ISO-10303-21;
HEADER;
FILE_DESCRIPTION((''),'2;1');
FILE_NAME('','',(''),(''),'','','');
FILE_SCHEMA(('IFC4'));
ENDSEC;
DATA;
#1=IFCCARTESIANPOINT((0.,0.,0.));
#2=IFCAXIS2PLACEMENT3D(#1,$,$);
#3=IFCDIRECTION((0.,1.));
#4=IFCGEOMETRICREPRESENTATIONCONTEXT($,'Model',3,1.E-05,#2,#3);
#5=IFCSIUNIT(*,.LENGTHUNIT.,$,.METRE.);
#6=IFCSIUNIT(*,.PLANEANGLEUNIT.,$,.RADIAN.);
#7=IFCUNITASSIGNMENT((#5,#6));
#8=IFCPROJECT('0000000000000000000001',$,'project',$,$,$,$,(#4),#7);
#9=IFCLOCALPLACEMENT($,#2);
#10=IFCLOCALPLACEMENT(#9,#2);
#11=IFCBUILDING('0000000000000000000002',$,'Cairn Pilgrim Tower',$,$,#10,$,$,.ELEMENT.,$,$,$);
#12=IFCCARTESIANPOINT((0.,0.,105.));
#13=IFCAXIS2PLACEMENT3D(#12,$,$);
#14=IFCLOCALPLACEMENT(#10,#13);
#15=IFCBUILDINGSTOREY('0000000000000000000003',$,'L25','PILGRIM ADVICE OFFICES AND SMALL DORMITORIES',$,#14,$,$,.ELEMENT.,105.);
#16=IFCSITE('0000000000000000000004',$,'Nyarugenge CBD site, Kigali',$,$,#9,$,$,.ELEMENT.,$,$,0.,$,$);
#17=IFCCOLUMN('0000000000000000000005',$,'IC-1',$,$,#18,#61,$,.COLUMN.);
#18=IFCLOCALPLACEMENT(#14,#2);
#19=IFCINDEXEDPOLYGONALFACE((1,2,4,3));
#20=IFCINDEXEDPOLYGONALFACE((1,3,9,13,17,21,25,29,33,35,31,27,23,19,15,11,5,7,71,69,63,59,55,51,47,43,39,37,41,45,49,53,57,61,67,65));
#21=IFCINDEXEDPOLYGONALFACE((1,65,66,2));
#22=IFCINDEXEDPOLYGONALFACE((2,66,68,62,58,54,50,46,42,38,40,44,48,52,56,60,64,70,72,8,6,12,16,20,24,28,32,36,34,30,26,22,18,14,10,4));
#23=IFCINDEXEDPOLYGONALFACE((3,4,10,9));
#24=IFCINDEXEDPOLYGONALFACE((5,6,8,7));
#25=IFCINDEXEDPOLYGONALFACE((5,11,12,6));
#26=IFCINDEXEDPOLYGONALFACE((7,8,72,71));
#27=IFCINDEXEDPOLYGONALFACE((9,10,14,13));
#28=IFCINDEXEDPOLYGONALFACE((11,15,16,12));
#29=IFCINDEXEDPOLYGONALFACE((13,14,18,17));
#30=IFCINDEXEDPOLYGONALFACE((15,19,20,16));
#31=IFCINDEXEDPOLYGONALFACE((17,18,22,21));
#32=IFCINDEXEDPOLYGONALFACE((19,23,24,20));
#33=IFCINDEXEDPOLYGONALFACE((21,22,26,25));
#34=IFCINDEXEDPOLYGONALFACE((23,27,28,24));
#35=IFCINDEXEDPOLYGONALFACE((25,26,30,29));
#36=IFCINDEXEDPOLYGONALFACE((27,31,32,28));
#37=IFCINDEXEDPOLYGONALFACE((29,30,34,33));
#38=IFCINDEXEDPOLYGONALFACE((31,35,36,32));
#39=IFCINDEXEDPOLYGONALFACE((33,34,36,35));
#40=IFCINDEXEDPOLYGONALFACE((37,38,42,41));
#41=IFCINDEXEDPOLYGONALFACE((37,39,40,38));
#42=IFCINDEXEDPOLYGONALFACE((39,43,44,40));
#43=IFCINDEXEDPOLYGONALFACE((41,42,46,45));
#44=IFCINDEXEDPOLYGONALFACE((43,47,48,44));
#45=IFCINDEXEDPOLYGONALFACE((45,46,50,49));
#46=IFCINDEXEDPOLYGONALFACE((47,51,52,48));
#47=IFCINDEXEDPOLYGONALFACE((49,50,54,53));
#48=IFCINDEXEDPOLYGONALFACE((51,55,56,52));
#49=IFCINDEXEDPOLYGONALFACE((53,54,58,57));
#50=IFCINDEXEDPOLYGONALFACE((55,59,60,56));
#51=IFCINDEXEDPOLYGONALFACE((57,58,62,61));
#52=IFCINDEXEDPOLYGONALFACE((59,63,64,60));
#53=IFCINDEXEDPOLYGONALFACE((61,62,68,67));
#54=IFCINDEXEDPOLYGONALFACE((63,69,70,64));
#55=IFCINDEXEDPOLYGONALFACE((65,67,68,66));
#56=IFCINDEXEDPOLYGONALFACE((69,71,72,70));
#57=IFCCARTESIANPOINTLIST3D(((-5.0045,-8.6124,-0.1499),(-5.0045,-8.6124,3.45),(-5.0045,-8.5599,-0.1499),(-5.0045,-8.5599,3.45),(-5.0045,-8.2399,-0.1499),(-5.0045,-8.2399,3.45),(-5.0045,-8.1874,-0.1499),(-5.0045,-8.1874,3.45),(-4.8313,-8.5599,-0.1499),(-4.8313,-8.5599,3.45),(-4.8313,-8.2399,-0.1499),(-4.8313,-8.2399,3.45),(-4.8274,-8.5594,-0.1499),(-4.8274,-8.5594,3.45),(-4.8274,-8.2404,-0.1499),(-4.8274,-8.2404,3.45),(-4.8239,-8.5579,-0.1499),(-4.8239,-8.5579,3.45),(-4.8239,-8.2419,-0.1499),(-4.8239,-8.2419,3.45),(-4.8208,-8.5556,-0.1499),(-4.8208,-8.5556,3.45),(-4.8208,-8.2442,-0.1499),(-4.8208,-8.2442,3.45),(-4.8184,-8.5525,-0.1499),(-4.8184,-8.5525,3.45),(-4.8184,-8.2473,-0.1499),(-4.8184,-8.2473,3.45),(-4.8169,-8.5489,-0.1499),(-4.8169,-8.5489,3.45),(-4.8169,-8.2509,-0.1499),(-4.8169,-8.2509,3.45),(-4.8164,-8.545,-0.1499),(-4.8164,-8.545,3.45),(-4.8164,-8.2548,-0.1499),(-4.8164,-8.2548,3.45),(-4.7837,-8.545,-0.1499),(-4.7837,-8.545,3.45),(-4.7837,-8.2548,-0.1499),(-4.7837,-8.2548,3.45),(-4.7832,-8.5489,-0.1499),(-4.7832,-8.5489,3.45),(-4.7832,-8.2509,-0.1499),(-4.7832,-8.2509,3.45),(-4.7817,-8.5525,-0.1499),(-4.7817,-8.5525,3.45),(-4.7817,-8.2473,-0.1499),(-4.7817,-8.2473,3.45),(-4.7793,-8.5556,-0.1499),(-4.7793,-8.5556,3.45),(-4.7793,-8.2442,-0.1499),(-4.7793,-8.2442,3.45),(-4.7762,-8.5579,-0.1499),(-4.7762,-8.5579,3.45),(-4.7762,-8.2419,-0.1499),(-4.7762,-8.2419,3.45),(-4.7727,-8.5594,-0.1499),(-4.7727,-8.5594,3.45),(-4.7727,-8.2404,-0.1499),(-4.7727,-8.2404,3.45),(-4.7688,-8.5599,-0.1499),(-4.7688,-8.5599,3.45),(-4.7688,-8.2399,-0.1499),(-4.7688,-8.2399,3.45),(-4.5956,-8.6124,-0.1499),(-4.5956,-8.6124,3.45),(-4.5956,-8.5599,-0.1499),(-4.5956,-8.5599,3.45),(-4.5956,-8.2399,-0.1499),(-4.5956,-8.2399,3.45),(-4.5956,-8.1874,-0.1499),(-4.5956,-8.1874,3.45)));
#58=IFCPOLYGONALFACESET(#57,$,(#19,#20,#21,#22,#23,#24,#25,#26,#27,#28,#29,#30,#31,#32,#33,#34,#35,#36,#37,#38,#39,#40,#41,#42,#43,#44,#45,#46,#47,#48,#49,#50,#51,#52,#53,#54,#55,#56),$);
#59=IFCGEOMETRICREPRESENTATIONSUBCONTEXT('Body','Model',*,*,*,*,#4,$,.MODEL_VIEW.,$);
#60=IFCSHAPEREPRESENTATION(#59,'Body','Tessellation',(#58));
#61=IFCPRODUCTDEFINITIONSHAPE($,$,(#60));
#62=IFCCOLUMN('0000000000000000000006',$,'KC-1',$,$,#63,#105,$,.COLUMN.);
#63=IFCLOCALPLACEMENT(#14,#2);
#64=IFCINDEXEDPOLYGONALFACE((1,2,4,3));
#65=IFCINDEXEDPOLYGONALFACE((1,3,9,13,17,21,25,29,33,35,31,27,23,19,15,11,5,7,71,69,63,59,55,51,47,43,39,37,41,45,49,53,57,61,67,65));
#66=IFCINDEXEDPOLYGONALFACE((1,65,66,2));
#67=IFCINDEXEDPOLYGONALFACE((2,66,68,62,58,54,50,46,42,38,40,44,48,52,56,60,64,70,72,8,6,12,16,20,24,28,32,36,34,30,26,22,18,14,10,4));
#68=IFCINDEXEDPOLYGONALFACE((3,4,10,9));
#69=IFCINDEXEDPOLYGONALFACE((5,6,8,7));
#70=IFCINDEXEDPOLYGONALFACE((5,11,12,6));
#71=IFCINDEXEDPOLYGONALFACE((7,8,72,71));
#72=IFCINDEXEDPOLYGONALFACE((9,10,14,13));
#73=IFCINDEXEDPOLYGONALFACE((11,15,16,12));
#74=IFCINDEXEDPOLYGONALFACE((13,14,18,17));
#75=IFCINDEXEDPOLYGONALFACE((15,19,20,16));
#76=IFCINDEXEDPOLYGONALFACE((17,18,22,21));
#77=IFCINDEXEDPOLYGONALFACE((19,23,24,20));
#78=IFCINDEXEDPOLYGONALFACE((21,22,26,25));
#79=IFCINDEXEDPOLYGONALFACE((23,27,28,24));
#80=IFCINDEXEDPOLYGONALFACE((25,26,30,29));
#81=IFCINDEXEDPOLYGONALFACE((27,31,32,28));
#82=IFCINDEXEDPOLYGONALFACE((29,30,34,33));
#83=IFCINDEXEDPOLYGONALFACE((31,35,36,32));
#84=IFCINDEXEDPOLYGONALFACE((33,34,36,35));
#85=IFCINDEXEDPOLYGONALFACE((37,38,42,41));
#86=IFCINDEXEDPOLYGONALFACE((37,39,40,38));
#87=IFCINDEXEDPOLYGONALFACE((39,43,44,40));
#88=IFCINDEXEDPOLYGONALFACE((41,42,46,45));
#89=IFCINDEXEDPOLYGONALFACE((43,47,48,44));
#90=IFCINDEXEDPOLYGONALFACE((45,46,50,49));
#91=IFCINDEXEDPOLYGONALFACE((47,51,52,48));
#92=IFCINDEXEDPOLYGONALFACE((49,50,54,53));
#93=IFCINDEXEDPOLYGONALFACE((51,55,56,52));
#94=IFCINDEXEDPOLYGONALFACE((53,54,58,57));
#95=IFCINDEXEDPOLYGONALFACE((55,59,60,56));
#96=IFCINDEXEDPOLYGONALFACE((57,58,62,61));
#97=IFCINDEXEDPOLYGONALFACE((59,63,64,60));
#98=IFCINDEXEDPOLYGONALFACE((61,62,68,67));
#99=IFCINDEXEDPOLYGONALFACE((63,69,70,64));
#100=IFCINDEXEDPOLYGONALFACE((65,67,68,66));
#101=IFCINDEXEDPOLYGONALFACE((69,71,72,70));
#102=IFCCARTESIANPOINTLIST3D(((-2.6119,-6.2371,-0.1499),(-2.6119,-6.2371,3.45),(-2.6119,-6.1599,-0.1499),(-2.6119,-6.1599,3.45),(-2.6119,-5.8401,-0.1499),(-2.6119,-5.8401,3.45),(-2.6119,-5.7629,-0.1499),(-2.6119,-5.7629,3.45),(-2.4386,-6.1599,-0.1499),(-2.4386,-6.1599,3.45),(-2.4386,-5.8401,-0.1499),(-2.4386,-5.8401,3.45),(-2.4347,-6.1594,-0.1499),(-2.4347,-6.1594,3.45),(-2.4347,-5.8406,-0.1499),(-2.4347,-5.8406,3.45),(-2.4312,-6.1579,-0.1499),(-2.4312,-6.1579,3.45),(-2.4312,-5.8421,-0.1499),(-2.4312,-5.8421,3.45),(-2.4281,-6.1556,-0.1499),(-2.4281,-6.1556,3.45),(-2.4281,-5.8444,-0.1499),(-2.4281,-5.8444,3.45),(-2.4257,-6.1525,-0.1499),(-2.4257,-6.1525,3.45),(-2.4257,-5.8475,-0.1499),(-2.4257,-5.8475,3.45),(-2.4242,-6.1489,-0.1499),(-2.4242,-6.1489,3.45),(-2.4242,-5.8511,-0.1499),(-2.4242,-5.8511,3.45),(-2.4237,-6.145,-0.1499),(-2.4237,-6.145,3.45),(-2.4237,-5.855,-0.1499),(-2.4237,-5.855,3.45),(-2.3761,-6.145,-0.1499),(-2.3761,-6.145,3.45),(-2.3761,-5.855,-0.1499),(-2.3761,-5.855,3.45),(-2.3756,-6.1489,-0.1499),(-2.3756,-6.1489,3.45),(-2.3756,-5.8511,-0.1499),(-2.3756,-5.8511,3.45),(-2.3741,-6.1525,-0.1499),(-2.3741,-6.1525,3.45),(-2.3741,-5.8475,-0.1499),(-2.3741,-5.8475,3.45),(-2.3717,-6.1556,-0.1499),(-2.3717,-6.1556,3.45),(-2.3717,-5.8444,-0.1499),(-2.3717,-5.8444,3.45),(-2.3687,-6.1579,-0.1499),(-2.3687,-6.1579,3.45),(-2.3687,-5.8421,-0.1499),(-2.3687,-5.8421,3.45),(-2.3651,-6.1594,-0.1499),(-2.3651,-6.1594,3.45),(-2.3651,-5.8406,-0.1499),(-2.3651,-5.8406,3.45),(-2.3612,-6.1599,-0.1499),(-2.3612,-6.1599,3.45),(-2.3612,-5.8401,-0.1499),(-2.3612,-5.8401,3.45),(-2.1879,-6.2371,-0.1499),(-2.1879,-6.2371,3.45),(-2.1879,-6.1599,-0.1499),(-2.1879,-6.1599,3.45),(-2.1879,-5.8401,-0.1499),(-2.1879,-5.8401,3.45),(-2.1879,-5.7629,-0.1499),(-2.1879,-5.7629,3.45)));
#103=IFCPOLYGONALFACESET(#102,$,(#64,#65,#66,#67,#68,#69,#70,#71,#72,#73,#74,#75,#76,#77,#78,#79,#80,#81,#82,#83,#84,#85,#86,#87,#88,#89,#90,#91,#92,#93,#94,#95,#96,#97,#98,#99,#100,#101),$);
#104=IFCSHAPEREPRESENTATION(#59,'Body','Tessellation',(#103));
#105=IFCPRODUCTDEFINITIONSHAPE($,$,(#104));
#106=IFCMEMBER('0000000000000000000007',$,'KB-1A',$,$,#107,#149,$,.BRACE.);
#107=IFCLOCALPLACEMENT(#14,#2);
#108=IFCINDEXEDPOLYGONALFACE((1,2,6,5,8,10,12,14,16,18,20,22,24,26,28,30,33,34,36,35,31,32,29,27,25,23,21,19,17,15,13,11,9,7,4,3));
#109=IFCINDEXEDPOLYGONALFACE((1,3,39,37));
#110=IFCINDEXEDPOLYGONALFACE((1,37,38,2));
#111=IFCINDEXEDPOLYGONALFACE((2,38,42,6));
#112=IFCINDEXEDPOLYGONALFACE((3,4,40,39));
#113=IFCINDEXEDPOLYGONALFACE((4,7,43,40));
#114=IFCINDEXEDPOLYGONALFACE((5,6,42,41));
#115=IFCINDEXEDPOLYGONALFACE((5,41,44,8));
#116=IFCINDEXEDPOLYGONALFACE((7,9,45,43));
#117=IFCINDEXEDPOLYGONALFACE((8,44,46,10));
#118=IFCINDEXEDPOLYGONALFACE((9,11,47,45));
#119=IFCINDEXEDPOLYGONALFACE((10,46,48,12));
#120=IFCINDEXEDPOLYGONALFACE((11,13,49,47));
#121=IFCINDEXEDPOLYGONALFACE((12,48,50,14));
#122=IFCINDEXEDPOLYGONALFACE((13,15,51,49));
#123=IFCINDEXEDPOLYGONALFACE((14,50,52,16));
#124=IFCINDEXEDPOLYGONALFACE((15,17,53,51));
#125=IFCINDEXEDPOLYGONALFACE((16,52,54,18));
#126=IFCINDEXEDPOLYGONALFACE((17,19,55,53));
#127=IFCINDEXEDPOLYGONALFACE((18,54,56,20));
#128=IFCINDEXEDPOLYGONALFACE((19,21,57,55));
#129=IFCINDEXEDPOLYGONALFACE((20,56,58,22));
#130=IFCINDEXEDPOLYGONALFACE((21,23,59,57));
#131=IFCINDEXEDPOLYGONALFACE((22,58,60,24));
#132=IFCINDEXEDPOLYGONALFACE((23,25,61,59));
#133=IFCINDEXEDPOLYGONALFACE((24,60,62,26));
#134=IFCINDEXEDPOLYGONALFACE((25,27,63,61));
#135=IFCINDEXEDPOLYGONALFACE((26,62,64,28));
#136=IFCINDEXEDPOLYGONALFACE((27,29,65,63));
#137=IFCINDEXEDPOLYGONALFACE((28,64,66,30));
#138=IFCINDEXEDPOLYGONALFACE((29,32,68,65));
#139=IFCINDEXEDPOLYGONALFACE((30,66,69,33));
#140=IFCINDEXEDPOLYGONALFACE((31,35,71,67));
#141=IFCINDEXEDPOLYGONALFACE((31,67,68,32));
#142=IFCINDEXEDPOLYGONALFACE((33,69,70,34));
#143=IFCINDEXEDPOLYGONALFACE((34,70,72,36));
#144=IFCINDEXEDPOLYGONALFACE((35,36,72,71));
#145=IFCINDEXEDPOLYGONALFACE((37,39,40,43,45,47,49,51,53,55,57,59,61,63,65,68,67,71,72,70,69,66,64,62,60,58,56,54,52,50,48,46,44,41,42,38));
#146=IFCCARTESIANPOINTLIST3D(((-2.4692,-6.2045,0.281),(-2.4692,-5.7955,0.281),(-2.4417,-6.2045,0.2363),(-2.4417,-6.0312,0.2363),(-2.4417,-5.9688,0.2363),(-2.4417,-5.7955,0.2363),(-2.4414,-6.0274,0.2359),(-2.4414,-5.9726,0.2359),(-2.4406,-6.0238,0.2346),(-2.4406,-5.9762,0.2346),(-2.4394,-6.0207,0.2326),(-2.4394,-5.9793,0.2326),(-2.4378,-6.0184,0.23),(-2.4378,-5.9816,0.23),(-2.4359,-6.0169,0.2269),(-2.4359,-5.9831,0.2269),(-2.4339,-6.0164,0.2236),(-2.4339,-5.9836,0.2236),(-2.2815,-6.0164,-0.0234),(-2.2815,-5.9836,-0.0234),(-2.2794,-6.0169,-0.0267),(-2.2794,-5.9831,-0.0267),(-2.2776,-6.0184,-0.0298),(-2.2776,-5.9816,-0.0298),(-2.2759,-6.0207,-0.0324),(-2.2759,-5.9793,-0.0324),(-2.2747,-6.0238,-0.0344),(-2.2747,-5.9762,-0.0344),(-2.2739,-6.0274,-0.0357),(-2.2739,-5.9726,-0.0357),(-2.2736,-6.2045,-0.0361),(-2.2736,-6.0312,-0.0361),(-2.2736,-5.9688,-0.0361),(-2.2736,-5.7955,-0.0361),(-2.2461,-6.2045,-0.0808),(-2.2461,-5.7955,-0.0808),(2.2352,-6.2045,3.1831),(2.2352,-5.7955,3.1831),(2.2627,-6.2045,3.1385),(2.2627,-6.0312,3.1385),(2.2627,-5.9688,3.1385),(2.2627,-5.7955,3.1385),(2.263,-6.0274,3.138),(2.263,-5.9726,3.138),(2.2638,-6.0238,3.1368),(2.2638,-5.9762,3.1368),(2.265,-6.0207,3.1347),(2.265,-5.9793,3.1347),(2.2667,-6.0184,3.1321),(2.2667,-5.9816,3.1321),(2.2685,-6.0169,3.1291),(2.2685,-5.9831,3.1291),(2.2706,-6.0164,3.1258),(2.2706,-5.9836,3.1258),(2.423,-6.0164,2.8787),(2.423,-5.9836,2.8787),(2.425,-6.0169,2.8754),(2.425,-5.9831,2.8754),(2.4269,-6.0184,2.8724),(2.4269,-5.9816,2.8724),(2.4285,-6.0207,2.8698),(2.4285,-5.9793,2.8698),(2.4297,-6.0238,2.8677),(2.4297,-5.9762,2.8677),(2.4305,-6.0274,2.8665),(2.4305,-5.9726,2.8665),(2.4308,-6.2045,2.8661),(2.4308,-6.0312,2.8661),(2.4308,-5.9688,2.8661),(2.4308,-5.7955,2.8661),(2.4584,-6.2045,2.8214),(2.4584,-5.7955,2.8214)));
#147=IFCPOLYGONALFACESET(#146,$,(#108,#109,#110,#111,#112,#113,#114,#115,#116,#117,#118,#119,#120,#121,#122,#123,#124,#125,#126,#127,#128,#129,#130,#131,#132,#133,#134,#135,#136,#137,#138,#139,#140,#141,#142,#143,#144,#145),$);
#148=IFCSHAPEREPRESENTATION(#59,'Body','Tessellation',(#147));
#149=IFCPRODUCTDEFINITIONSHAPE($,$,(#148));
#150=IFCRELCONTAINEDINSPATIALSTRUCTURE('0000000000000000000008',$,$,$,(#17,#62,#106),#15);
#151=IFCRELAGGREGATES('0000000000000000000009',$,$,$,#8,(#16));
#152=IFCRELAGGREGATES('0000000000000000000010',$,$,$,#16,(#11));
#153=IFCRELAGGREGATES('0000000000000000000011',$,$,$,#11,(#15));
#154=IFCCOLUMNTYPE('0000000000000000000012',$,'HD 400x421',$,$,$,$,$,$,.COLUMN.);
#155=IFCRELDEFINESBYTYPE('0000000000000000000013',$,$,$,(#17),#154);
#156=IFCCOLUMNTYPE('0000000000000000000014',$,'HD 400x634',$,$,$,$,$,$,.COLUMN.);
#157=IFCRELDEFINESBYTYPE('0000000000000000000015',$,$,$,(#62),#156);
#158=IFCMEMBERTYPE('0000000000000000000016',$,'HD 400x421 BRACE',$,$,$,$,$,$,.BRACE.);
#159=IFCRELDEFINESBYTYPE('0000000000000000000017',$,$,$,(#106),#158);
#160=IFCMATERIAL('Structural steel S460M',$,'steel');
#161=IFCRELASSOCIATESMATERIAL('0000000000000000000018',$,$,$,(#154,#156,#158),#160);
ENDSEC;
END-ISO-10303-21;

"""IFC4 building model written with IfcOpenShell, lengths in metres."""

from ifc_helpers import new_model, si_unit, direction, frame, origin, origin_2d, place, context, subcontext, project, spatial, i_section, extrude, material, material_profile, profile_set, type_object, element, save


model = new_model("IFC4")

# Units and contexts
model_context = context("Model", 3, precision=1e-05, world=origin(), true_north=direction((0.0, 1.0)))
body_context = subcontext(model_context, "Body", "Model", "MODEL_VIEW")
ifc_project = project(units=[si_unit("LENGTHUNIT", "METRE"), si_unit("PLANEANGLEUNIT", "RADIAN")], contexts=[model_context])

# Site, building, storey
site_placement = place(None, origin())
site = spatial("IfcSite", under=ifc_project, at=site_placement, Name="Nyarugenge CBD site, Kigali", CompositionType="ELEMENT", RefElevation=0.0)
building_placement = place(site_placement, origin())
building = spatial("IfcBuilding", under=site, at=building_placement, Name="Cairn Pilgrim Tower", CompositionType="ELEMENT")
storey_placement = place(building_placement, frame((0.0, 0.0, 105.0)))
storey = spatial("IfcBuildingStorey", under=building, at=storey_placement, Name="L25", Description="PILGRIM ADVICE OFFICES AND SMALL DORMITORIES", CompositionType="ELEMENT", Elevation=105.0)

# Columns
ifc_material_1 = material(Name="Structural steel S460M", Category="steel")
ifc_material_profile_1 = material_profile(ifc_material_1, i_section(OverallWidth=0.4089, OverallDepth=0.425, WebThickness=0.0327, FlangeThickness=0.0525, FilletRadius=0.0149, at=origin_2d()), Name="HD 400x421")
ifc_profile_set_1 = profile_set([ifc_material_profile_1], Name="Structural steel S460M")
column_type_1 = type_object("IfcColumnType", Name="HD 400x421", PredefinedType="COLUMN", material=ifc_profile_set_1)
column_1_placement = place(storey_placement, frame((-4.8, -8.3999, -0.1499), z_axis=(0.0, 0.0, 1.0), x_axis=(1.0, 0.0, 0.0)))
element("IfcColumn", 1, at=column_1_placement, inside=storey, type_object=column_type_1, Name="IC-1", PredefinedType="COLUMN", context=body_context, shape_type="SweptSolid", body=[
    extrude(i_section(OverallWidth=0.4089, OverallDepth=0.425, WebThickness=0.0327, FlangeThickness=0.0525, FilletRadius=0.0149, at=origin_2d()), origin(), (0.0, 0.0, 1.0), 3.5999),
])
ifc_material_profile_2 = material_profile(ifc_material_1, i_section(OverallWidth=0.4241, OverallDepth=0.4741, WebThickness=0.0476, FlangeThickness=0.0771, FilletRadius=0.0149, at=origin_2d()), Name="HD 400x634")
ifc_profile_set_2 = profile_set([ifc_material_profile_2], Name="Structural steel S460M")
column_type_2 = type_object("IfcColumnType", Name="HD 400x634", PredefinedType="COLUMN", material=ifc_profile_set_2)
column_2_placement = place(storey_placement, frame((-2.3999, -6.0, -0.1499), z_axis=(0.0, 0.0, 1.0), x_axis=(1.0, 0.0, 0.0)))
element("IfcColumn", 2, at=column_2_placement, inside=storey, type_object=column_type_2, Name="KC-1", PredefinedType="COLUMN", context=body_context, shape_type="SweptSolid", body=[
    extrude(i_section(OverallWidth=0.4241, OverallDepth=0.4741, WebThickness=0.0476, FlangeThickness=0.0771, FilletRadius=0.0149, at=origin_2d()), origin(), (0.0, 0.0, 1.0), 3.5999),
])

# Member
ifc_material_profile_3 = material_profile(ifc_material_1, i_section(OverallWidth=0.4089, OverallDepth=0.425, WebThickness=0.0327, FlangeThickness=0.0525, FilletRadius=0.0149, at=origin_2d()), Name="HD 400x421")
ifc_profile_set_3 = profile_set([ifc_material_profile_3], Name="Structural steel S460M")
member_type = type_object("IfcMemberType", Name="HD 400x421 BRACE", PredefinedType="BRACE", material=ifc_profile_set_3)
member_placement = place(storey_placement, frame((-2.3577, -6.0, 0.1001), z_axis=(0.851083, 0.0, 0.525031), x_axis=(0.0, 1.0, 0.0)))
element("IfcMember", 3, at=member_placement, inside=storey, type_object=member_type, Name="KB-1A", PredefinedType="BRACE", context=body_context, shape_type="SweptSolid", body=[
    extrude(i_section(OverallWidth=0.4089, OverallDepth=0.425, WebThickness=0.0327, FlangeThickness=0.0525, FilletRadius=0.0149, at=origin_2d()), origin(), (0.0, 0.0, 1.0), 5.5276),
])

save(model, "model.ifc")
